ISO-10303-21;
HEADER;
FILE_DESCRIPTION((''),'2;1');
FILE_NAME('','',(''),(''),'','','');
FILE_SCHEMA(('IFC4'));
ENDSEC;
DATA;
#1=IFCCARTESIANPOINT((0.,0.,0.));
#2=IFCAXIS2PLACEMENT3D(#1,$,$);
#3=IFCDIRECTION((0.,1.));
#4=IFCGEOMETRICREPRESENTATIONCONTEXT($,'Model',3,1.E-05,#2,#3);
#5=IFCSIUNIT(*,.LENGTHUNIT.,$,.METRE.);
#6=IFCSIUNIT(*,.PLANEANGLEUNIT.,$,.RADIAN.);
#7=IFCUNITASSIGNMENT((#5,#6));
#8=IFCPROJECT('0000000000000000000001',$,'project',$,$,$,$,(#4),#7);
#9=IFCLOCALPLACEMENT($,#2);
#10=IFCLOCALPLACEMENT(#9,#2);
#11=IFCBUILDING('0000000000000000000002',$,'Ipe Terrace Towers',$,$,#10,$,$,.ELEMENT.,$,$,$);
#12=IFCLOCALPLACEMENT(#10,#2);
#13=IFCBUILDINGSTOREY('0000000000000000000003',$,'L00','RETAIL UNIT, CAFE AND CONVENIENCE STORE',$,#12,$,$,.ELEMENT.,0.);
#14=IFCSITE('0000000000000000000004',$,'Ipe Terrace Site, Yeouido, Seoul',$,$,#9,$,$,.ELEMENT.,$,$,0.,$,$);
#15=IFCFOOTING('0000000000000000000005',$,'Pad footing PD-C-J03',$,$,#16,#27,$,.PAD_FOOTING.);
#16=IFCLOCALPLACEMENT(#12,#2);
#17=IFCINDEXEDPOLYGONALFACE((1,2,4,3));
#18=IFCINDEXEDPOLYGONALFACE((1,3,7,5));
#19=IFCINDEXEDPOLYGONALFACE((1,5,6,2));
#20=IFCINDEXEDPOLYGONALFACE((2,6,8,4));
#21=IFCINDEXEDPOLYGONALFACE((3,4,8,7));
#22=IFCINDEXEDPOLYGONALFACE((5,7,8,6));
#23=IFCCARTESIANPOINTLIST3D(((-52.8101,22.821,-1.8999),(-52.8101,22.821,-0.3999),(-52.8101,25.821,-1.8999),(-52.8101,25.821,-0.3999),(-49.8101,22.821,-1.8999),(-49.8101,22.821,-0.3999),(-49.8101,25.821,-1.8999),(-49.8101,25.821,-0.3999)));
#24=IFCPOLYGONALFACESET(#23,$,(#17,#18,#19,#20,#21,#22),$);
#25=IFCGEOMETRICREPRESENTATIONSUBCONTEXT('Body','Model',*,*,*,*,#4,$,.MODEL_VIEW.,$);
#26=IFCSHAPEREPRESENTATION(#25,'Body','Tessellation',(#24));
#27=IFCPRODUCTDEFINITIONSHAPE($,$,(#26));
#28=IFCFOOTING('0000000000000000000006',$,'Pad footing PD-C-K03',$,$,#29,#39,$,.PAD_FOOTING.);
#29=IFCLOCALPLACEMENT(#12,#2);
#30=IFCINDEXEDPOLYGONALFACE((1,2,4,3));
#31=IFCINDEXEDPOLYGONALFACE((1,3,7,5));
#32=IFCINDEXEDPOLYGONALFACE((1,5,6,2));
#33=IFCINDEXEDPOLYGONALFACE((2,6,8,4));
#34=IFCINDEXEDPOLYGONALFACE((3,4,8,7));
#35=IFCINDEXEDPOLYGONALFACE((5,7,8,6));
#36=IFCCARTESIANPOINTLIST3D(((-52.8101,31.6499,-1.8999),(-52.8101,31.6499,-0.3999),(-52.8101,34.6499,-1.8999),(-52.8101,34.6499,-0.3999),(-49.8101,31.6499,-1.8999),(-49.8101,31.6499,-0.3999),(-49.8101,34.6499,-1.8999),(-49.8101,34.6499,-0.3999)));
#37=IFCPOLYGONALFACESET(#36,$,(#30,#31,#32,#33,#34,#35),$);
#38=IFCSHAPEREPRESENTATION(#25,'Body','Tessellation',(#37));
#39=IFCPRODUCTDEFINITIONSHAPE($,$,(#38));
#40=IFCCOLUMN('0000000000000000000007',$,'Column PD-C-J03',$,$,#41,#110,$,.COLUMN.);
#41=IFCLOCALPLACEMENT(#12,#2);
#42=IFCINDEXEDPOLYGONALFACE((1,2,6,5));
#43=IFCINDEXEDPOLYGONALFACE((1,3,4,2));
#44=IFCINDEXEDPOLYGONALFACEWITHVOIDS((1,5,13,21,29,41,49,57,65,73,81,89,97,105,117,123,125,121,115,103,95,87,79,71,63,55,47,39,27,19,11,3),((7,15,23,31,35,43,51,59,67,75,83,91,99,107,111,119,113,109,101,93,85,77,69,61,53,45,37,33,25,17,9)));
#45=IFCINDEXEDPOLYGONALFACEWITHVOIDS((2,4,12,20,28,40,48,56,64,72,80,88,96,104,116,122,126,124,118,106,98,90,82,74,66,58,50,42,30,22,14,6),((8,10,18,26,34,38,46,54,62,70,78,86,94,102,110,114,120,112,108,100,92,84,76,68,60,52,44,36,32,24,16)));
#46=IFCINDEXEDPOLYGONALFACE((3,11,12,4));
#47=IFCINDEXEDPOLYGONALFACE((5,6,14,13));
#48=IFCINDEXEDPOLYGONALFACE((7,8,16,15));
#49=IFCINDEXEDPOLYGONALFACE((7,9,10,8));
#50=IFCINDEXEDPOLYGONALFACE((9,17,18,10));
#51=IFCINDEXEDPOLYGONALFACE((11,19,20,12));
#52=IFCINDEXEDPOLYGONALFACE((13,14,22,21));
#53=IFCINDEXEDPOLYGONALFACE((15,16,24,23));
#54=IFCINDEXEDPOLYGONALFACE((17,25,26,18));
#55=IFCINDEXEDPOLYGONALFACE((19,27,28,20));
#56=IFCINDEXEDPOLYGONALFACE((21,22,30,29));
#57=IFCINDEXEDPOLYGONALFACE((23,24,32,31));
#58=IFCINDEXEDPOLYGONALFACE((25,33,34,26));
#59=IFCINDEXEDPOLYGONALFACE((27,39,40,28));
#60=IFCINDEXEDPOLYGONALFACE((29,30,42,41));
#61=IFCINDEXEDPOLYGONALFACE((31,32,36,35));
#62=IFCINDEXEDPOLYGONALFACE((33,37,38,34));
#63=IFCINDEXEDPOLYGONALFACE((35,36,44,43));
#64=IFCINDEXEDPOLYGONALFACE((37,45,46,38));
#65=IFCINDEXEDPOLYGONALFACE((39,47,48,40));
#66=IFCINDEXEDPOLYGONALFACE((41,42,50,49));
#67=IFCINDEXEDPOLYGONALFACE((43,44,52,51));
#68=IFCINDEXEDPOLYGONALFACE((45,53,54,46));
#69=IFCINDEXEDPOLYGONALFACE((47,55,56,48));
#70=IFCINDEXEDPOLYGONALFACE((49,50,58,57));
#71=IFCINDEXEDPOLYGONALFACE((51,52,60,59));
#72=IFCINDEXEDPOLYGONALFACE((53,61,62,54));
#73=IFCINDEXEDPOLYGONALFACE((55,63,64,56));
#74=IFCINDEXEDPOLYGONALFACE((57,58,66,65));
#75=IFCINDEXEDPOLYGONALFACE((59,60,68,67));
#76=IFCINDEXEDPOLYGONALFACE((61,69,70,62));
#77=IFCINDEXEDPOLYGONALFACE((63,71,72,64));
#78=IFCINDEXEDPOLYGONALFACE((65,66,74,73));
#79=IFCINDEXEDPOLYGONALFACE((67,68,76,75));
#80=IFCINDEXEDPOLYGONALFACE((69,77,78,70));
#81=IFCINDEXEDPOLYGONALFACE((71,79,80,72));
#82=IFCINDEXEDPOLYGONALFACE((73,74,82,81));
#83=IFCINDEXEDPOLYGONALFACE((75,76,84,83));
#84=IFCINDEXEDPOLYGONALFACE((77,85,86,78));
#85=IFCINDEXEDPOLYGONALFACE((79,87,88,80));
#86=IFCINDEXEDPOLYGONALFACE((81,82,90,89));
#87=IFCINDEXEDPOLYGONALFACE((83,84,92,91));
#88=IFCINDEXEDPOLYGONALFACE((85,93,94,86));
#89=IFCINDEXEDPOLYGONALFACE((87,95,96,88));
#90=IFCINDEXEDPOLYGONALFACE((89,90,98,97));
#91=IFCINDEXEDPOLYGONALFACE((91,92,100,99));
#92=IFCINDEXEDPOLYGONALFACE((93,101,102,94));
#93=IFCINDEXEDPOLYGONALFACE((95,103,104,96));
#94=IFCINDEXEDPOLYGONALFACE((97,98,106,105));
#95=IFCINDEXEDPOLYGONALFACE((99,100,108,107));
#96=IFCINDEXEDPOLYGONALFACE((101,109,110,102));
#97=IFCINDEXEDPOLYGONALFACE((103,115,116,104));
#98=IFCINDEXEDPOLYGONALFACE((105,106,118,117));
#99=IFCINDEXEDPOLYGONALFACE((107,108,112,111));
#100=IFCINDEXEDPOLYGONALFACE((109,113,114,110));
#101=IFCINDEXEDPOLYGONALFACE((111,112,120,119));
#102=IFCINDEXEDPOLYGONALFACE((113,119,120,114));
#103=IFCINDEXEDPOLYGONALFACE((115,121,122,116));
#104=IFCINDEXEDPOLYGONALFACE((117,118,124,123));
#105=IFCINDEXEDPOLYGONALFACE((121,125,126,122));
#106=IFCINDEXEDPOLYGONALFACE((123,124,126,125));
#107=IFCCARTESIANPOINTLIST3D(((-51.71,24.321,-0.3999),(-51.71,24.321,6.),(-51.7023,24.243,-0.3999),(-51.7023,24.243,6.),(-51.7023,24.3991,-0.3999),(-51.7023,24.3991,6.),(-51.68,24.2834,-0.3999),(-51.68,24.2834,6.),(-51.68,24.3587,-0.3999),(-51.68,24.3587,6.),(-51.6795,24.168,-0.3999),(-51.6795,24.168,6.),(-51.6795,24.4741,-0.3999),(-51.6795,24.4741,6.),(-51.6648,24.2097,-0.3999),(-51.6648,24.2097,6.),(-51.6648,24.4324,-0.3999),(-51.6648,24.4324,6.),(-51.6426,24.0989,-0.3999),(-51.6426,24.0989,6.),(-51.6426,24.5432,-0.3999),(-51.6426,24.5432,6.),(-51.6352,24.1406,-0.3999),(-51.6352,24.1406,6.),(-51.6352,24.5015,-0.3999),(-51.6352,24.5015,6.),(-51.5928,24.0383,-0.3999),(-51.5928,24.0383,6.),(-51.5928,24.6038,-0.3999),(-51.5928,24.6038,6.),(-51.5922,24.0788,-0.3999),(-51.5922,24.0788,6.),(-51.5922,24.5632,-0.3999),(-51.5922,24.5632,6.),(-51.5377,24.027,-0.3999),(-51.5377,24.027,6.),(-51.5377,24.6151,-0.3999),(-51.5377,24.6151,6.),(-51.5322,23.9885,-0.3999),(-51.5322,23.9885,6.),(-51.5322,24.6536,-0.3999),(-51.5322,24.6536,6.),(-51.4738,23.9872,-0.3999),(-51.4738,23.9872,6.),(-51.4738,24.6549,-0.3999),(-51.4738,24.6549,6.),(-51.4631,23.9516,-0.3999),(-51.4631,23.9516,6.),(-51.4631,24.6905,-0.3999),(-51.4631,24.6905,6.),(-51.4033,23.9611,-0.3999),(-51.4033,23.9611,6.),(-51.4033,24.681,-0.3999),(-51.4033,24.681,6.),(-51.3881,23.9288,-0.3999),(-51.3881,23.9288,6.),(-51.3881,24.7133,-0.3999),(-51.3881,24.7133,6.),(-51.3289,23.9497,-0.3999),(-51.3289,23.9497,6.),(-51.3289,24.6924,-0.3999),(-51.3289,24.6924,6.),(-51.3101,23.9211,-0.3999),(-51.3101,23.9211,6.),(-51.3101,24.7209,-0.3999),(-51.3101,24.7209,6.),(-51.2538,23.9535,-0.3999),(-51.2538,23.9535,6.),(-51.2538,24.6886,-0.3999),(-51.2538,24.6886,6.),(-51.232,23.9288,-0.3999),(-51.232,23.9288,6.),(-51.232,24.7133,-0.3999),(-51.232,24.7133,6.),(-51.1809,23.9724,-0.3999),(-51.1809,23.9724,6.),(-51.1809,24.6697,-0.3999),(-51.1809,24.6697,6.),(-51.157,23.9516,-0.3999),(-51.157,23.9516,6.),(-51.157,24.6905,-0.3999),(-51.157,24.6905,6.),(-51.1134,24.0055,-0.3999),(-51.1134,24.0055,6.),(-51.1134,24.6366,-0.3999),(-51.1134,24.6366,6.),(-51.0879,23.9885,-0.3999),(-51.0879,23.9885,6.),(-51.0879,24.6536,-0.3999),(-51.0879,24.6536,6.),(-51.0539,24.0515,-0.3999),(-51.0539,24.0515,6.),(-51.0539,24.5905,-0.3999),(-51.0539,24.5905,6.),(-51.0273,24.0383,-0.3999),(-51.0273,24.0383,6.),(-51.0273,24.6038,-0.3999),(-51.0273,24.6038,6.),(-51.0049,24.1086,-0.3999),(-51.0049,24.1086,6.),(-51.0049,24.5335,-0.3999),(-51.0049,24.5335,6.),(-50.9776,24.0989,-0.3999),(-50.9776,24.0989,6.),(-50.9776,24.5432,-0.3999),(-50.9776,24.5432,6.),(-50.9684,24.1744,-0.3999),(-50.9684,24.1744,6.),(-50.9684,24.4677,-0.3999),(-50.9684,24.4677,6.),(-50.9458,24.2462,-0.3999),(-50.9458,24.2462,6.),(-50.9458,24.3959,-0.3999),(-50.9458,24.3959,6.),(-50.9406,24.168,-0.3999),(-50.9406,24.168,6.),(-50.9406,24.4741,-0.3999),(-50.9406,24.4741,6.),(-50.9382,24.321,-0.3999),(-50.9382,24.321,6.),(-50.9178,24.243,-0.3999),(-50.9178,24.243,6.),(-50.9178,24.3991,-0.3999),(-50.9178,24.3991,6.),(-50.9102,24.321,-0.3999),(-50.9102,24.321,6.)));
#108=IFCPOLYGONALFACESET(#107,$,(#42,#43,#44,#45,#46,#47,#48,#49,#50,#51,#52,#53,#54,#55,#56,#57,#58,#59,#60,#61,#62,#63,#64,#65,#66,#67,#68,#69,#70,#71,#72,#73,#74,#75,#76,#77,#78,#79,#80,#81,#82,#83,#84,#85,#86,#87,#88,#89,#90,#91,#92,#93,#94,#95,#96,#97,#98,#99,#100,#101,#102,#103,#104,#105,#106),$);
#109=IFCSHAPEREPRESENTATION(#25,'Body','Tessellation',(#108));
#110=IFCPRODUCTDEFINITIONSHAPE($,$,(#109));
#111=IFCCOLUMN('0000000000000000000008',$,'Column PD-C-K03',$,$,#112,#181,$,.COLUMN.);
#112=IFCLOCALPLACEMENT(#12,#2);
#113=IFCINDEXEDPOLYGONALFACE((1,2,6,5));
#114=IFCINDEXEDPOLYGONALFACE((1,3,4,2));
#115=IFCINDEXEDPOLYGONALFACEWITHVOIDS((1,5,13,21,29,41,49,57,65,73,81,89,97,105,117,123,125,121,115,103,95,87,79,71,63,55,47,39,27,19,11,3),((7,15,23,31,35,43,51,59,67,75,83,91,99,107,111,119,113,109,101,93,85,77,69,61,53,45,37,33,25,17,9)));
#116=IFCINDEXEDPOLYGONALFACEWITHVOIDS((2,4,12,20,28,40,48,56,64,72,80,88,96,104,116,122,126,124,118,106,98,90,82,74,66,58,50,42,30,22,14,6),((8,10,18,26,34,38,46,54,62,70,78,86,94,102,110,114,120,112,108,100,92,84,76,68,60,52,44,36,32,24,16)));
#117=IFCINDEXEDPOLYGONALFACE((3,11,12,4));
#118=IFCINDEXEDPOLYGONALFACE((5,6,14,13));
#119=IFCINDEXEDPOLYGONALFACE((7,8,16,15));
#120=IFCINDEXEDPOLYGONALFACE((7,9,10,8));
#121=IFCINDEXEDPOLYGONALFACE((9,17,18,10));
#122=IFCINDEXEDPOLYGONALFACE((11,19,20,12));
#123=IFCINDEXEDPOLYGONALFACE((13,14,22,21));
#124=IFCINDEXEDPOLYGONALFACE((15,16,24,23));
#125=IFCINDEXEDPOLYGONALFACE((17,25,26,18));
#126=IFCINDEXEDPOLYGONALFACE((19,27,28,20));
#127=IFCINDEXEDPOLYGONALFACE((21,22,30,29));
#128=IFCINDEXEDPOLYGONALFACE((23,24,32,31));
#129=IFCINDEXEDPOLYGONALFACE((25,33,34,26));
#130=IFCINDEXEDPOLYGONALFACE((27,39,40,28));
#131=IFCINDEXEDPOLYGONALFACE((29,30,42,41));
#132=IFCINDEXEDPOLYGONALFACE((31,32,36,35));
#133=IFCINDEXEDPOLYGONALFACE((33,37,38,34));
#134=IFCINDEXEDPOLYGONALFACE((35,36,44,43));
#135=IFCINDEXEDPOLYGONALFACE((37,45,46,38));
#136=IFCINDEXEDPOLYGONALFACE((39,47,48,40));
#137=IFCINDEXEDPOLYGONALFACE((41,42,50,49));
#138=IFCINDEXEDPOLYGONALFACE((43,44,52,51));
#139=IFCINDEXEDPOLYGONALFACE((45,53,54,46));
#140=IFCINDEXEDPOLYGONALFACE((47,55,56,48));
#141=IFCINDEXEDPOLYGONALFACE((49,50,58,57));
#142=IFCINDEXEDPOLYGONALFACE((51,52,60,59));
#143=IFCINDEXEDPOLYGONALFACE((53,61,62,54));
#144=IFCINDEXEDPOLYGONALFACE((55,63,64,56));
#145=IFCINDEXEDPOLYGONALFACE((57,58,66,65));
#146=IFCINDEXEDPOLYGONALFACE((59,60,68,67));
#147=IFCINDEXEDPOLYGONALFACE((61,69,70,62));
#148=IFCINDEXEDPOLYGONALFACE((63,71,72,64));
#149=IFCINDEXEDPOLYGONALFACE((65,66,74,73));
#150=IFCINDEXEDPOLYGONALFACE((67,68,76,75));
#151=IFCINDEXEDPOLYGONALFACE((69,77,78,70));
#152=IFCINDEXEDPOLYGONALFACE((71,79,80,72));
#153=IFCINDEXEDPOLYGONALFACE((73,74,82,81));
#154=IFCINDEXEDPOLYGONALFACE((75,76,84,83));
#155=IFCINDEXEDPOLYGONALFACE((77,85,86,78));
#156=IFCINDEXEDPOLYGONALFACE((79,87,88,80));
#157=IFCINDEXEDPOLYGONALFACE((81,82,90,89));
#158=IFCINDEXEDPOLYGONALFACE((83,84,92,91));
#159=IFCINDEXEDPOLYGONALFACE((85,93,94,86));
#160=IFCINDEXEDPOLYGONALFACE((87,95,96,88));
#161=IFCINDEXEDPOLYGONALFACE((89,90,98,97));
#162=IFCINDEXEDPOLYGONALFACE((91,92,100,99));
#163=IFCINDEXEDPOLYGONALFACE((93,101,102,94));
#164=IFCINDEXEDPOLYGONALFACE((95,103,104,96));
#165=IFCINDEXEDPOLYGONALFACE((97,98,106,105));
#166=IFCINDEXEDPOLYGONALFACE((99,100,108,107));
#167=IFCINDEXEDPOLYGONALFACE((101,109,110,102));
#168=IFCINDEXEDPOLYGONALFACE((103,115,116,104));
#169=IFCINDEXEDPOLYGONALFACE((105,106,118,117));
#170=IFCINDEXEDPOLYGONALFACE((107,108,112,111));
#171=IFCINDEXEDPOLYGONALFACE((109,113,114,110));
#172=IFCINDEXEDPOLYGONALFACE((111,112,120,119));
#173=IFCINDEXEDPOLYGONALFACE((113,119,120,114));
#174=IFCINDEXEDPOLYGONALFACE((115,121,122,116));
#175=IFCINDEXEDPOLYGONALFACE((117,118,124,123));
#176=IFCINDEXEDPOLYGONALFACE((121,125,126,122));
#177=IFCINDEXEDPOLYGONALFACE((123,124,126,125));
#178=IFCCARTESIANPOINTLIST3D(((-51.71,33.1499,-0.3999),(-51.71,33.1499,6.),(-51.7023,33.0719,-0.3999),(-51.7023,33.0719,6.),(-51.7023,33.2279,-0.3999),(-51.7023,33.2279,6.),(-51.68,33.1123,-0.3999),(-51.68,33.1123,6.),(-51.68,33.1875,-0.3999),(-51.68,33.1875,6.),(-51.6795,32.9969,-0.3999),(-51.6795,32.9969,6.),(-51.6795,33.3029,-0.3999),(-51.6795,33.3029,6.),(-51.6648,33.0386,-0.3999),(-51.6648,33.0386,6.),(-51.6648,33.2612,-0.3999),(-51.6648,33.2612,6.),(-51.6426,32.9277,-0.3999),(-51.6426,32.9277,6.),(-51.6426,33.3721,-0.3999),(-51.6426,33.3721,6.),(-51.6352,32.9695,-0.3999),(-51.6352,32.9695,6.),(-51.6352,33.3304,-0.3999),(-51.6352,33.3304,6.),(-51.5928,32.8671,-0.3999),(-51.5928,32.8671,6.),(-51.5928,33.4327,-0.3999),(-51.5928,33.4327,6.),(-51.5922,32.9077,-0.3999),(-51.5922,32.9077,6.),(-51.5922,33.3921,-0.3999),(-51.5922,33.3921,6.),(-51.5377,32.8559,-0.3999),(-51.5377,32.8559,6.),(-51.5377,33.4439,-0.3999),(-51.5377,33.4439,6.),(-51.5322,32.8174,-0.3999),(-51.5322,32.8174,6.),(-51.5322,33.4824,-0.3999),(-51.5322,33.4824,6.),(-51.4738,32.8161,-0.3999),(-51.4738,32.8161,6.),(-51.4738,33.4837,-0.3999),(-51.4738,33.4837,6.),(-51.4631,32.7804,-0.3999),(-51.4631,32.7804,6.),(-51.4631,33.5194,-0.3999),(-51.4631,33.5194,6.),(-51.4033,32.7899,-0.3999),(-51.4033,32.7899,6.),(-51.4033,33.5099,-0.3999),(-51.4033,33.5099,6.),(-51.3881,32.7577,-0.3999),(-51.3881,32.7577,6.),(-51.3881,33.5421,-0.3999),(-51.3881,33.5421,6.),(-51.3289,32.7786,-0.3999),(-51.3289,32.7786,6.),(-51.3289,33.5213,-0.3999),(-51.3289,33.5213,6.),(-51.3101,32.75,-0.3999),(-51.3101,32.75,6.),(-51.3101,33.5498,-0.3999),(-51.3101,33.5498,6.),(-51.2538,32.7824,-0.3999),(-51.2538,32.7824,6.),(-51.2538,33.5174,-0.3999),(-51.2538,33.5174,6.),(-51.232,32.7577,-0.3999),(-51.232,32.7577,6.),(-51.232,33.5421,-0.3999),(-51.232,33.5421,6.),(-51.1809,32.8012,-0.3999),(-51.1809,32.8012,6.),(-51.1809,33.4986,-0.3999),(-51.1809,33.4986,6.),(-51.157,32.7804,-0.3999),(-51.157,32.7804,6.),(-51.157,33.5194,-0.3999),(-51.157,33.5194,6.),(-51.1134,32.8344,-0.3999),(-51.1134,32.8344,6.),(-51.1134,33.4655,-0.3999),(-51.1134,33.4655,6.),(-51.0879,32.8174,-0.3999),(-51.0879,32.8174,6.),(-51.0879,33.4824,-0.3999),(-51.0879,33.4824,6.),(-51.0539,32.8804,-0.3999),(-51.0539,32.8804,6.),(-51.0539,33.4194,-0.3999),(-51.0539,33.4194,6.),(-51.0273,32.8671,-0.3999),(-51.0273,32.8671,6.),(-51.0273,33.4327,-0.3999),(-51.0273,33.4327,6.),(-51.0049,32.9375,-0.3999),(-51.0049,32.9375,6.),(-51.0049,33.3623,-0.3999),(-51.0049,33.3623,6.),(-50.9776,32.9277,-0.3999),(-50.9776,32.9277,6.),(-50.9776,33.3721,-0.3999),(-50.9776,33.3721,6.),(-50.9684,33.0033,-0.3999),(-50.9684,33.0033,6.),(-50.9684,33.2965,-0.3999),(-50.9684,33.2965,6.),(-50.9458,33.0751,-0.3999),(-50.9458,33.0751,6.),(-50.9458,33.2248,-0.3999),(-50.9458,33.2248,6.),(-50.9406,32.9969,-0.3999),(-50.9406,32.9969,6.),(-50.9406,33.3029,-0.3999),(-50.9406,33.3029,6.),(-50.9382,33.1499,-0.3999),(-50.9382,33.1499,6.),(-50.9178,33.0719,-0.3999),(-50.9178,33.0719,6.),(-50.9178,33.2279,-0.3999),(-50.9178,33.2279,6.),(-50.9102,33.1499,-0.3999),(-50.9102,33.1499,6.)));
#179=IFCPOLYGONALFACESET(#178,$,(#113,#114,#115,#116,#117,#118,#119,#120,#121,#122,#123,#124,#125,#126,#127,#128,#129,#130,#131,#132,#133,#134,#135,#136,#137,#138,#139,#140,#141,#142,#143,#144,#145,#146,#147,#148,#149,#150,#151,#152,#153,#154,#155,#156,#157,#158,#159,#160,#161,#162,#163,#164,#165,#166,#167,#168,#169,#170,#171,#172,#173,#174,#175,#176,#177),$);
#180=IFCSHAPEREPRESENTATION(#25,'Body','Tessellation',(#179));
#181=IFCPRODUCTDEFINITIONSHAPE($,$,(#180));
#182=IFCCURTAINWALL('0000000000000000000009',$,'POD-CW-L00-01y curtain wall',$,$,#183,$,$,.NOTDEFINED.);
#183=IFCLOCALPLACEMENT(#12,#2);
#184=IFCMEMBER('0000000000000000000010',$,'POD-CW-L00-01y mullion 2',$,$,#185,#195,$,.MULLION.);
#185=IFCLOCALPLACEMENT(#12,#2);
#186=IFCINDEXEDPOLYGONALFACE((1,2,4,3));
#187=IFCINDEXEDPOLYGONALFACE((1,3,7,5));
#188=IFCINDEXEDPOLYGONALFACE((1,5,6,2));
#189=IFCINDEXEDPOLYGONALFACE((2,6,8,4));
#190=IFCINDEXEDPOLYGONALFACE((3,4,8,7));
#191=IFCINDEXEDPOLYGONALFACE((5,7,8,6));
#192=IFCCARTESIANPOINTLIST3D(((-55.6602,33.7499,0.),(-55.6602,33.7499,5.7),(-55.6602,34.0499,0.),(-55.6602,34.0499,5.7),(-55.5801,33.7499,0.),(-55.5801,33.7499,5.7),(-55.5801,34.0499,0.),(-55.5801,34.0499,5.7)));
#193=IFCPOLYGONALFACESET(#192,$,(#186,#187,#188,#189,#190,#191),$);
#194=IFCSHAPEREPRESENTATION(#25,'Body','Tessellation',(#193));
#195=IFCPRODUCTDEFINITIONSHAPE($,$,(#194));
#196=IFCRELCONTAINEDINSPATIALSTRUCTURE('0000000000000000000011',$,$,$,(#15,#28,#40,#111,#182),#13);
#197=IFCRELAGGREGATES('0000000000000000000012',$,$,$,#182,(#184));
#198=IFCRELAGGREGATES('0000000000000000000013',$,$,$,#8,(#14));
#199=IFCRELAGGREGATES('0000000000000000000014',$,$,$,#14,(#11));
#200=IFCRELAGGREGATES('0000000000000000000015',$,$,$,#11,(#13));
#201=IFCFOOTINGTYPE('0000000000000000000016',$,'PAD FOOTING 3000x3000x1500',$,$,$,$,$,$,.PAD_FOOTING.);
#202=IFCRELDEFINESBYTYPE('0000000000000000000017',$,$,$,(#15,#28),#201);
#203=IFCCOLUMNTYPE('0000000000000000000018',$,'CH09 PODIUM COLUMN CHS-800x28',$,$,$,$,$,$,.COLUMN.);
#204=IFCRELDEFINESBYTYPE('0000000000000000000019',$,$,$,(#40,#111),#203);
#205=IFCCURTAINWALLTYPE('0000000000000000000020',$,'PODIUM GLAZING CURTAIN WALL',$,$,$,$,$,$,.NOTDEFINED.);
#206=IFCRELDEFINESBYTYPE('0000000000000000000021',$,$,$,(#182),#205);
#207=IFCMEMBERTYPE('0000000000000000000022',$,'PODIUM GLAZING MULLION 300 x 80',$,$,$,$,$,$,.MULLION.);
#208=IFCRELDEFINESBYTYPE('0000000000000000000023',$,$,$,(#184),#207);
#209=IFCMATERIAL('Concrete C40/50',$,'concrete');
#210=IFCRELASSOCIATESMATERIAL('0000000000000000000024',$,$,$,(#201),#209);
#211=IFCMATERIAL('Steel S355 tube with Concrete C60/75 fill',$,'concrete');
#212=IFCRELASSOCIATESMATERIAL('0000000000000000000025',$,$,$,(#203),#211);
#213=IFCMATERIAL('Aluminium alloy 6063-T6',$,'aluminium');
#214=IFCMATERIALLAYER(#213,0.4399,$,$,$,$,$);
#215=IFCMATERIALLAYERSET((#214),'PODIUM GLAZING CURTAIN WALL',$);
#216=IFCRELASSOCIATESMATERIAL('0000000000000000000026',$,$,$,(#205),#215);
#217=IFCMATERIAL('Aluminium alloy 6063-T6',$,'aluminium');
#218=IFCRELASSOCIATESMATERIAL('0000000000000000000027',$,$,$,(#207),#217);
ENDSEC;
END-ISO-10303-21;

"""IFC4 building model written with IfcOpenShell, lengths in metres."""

from ifc_helpers import new_model, si_unit, direction, frame, origin, origin_2d, place, context, subcontext, project, spatial, rectangle, hollow_circle, extrude, material, layer, layer_set, material_profile, profile_set, type_object, element, aggregate, save


model = new_model("IFC4")

# Units and contexts
model_context = context("Model", 3, precision=1e-05, world=origin(), true_north=direction((0.0, 1.0)))
body_context = subcontext(model_context, "Body", "Model", "MODEL_VIEW")
ifc_project = project(units=[si_unit("LENGTHUNIT", "METRE"), si_unit("PLANEANGLEUNIT", "RADIAN")], contexts=[model_context])

# Site, building, storey
site_placement = place(None, origin())
site = spatial("IfcSite", under=ifc_project, at=site_placement, Name="Ipe Terrace Site, Yeouido, Seoul", CompositionType="ELEMENT", RefElevation=0.0)
building_placement = place(site_placement, origin())
building = spatial("IfcBuilding", under=site, at=building_placement, Name="Ipe Terrace Towers", CompositionType="ELEMENT")
storey_placement = place(building_placement, origin())
storey = spatial("IfcBuildingStorey", under=building, at=storey_placement, Name="L00", Description="RETAIL UNIT, CAFE AND CONVENIENCE STORE", CompositionType="ELEMENT", Elevation=0.0)

# Footings
ifc_material_1 = material(Name="Concrete C40/50", Category="concrete")
footing_type = type_object("IfcFootingType", Name="PAD FOOTING 3000x3000x1500", PredefinedType="PAD_FOOTING", material=ifc_material_1)
for number, where, z_axis, x_axis, name in (
    (1, (-51.3101, 24.321, -1.8999), (0.0, 0.0, 1.0), (1.0, 0.0, 0.0), "Pad footing PD-C-J03"),
    (2, (-51.3101, 33.1499, -1.8999), (0.0, 0.0, 1.0), (1.0, 0.0, 0.0), "Pad footing PD-C-K03"),
):
    element("IfcFooting", number, at=place(storey_placement, frame(where, z_axis=z_axis, x_axis=x_axis)), inside=storey, type_object=footing_type, Name=name, PredefinedType="PAD_FOOTING", context=body_context, shape_type="SweptSolid", body=[
        extrude(rectangle(XDim=3.0, YDim=3.0, at=origin_2d()), origin(), (0.0, 0.0, 1.0), 1.5),
    ])

# Columns
ifc_material_2 = material(Name="Steel S355 tube with Concrete C60/75 fill", Category="concrete")
ifc_material_profile_1 = material_profile(ifc_material_2, hollow_circle(Radius=0.3999, WallThickness=0.0281, at=origin_2d()), Name="CHS-800x28")
ifc_profile_set_1 = profile_set([ifc_material_profile_1], Name="Steel S355 tube with Concrete C60/75 fill")
column_type = type_object("IfcColumnType", Name="CH09 PODIUM COLUMN CHS-800x28", PredefinedType="COLUMN", material=ifc_profile_set_1)
for number, where, z_axis, x_axis, name in (
    (3, (-51.3101, 24.321, -0.3999), (0.0, 0.0, 1.0), (1.0, 0.0, 0.0), "Column PD-C-J03"),
    (4, (-51.3101, 33.1499, -0.3999), (0.0, 0.0, 1.0), (1.0, 0.0, 0.0), "Column PD-C-K03"),
):
    element("IfcColumn", number, at=place(storey_placement, frame(where, z_axis=z_axis, x_axis=x_axis)), inside=storey, type_object=column_type, Name=name, PredefinedType="COLUMN", context=body_context, shape_type="SweptSolid", body=[
        extrude(hollow_circle(Radius=0.3999, WallThickness=0.0281, at=origin_2d()), origin(), (0.0, 0.0, 1.0), 6.3999),
    ])

# Curtain wall, member
ifc_material_3 = material(Name="Aluminium alloy 6063-T6", Category="aluminium")
ifc_layer_1 = layer(ifc_material_3, 0.4399)
ifc_layer_set_1 = layer_set([ifc_layer_1], Name="PODIUM GLAZING CURTAIN WALL")
curtain_wall_type = type_object("IfcCurtainWallType", Name="PODIUM GLAZING CURTAIN WALL", PredefinedType="NOTDEFINED", material=ifc_layer_set_1)
curtain_wall_placement = place(storey_placement, origin())
curtain_wall = element("IfcCurtainWall", 5, at=curtain_wall_placement, inside=storey, type_object=curtain_wall_type, Name="POD-CW-L00-01y curtain wall", PredefinedType="NOTDEFINED")
ifc_material_4 = material(Name="Aluminium alloy 6063-T6", Category="aluminium")
ifc_material_profile_2 = material_profile(ifc_material_4, rectangle(XDim=0.3, YDim=0.0801, at=origin_2d()), Name="PODIUM GLAZING MULLION 300 x 80")
ifc_profile_set_2 = profile_set([ifc_material_profile_2], Name="Aluminium alloy 6063-T6")
member_type = type_object("IfcMemberType", Name="PODIUM GLAZING MULLION 300 x 80", PredefinedType="MULLION", material=ifc_profile_set_2)
member_placement = place(storey_placement, frame((-55.6201, 33.8999, 0.0), z_axis=(0.0, 0.0, 1.0), x_axis=(0.0, 1.0, 0.0)))
member = element("IfcMember", 6, at=member_placement, type_object=member_type, Name="POD-CW-L00-01y mullion 2", PredefinedType="MULLION", context=body_context, shape_type="SweptSolid", body=[
    extrude(rectangle(XDim=0.3, YDim=0.0801, at=origin_2d()), origin(), (0.0, 0.0, 1.0), 5.7),
])
aggregate(curtain_wall, [member])

save(model, "model.ifc")
